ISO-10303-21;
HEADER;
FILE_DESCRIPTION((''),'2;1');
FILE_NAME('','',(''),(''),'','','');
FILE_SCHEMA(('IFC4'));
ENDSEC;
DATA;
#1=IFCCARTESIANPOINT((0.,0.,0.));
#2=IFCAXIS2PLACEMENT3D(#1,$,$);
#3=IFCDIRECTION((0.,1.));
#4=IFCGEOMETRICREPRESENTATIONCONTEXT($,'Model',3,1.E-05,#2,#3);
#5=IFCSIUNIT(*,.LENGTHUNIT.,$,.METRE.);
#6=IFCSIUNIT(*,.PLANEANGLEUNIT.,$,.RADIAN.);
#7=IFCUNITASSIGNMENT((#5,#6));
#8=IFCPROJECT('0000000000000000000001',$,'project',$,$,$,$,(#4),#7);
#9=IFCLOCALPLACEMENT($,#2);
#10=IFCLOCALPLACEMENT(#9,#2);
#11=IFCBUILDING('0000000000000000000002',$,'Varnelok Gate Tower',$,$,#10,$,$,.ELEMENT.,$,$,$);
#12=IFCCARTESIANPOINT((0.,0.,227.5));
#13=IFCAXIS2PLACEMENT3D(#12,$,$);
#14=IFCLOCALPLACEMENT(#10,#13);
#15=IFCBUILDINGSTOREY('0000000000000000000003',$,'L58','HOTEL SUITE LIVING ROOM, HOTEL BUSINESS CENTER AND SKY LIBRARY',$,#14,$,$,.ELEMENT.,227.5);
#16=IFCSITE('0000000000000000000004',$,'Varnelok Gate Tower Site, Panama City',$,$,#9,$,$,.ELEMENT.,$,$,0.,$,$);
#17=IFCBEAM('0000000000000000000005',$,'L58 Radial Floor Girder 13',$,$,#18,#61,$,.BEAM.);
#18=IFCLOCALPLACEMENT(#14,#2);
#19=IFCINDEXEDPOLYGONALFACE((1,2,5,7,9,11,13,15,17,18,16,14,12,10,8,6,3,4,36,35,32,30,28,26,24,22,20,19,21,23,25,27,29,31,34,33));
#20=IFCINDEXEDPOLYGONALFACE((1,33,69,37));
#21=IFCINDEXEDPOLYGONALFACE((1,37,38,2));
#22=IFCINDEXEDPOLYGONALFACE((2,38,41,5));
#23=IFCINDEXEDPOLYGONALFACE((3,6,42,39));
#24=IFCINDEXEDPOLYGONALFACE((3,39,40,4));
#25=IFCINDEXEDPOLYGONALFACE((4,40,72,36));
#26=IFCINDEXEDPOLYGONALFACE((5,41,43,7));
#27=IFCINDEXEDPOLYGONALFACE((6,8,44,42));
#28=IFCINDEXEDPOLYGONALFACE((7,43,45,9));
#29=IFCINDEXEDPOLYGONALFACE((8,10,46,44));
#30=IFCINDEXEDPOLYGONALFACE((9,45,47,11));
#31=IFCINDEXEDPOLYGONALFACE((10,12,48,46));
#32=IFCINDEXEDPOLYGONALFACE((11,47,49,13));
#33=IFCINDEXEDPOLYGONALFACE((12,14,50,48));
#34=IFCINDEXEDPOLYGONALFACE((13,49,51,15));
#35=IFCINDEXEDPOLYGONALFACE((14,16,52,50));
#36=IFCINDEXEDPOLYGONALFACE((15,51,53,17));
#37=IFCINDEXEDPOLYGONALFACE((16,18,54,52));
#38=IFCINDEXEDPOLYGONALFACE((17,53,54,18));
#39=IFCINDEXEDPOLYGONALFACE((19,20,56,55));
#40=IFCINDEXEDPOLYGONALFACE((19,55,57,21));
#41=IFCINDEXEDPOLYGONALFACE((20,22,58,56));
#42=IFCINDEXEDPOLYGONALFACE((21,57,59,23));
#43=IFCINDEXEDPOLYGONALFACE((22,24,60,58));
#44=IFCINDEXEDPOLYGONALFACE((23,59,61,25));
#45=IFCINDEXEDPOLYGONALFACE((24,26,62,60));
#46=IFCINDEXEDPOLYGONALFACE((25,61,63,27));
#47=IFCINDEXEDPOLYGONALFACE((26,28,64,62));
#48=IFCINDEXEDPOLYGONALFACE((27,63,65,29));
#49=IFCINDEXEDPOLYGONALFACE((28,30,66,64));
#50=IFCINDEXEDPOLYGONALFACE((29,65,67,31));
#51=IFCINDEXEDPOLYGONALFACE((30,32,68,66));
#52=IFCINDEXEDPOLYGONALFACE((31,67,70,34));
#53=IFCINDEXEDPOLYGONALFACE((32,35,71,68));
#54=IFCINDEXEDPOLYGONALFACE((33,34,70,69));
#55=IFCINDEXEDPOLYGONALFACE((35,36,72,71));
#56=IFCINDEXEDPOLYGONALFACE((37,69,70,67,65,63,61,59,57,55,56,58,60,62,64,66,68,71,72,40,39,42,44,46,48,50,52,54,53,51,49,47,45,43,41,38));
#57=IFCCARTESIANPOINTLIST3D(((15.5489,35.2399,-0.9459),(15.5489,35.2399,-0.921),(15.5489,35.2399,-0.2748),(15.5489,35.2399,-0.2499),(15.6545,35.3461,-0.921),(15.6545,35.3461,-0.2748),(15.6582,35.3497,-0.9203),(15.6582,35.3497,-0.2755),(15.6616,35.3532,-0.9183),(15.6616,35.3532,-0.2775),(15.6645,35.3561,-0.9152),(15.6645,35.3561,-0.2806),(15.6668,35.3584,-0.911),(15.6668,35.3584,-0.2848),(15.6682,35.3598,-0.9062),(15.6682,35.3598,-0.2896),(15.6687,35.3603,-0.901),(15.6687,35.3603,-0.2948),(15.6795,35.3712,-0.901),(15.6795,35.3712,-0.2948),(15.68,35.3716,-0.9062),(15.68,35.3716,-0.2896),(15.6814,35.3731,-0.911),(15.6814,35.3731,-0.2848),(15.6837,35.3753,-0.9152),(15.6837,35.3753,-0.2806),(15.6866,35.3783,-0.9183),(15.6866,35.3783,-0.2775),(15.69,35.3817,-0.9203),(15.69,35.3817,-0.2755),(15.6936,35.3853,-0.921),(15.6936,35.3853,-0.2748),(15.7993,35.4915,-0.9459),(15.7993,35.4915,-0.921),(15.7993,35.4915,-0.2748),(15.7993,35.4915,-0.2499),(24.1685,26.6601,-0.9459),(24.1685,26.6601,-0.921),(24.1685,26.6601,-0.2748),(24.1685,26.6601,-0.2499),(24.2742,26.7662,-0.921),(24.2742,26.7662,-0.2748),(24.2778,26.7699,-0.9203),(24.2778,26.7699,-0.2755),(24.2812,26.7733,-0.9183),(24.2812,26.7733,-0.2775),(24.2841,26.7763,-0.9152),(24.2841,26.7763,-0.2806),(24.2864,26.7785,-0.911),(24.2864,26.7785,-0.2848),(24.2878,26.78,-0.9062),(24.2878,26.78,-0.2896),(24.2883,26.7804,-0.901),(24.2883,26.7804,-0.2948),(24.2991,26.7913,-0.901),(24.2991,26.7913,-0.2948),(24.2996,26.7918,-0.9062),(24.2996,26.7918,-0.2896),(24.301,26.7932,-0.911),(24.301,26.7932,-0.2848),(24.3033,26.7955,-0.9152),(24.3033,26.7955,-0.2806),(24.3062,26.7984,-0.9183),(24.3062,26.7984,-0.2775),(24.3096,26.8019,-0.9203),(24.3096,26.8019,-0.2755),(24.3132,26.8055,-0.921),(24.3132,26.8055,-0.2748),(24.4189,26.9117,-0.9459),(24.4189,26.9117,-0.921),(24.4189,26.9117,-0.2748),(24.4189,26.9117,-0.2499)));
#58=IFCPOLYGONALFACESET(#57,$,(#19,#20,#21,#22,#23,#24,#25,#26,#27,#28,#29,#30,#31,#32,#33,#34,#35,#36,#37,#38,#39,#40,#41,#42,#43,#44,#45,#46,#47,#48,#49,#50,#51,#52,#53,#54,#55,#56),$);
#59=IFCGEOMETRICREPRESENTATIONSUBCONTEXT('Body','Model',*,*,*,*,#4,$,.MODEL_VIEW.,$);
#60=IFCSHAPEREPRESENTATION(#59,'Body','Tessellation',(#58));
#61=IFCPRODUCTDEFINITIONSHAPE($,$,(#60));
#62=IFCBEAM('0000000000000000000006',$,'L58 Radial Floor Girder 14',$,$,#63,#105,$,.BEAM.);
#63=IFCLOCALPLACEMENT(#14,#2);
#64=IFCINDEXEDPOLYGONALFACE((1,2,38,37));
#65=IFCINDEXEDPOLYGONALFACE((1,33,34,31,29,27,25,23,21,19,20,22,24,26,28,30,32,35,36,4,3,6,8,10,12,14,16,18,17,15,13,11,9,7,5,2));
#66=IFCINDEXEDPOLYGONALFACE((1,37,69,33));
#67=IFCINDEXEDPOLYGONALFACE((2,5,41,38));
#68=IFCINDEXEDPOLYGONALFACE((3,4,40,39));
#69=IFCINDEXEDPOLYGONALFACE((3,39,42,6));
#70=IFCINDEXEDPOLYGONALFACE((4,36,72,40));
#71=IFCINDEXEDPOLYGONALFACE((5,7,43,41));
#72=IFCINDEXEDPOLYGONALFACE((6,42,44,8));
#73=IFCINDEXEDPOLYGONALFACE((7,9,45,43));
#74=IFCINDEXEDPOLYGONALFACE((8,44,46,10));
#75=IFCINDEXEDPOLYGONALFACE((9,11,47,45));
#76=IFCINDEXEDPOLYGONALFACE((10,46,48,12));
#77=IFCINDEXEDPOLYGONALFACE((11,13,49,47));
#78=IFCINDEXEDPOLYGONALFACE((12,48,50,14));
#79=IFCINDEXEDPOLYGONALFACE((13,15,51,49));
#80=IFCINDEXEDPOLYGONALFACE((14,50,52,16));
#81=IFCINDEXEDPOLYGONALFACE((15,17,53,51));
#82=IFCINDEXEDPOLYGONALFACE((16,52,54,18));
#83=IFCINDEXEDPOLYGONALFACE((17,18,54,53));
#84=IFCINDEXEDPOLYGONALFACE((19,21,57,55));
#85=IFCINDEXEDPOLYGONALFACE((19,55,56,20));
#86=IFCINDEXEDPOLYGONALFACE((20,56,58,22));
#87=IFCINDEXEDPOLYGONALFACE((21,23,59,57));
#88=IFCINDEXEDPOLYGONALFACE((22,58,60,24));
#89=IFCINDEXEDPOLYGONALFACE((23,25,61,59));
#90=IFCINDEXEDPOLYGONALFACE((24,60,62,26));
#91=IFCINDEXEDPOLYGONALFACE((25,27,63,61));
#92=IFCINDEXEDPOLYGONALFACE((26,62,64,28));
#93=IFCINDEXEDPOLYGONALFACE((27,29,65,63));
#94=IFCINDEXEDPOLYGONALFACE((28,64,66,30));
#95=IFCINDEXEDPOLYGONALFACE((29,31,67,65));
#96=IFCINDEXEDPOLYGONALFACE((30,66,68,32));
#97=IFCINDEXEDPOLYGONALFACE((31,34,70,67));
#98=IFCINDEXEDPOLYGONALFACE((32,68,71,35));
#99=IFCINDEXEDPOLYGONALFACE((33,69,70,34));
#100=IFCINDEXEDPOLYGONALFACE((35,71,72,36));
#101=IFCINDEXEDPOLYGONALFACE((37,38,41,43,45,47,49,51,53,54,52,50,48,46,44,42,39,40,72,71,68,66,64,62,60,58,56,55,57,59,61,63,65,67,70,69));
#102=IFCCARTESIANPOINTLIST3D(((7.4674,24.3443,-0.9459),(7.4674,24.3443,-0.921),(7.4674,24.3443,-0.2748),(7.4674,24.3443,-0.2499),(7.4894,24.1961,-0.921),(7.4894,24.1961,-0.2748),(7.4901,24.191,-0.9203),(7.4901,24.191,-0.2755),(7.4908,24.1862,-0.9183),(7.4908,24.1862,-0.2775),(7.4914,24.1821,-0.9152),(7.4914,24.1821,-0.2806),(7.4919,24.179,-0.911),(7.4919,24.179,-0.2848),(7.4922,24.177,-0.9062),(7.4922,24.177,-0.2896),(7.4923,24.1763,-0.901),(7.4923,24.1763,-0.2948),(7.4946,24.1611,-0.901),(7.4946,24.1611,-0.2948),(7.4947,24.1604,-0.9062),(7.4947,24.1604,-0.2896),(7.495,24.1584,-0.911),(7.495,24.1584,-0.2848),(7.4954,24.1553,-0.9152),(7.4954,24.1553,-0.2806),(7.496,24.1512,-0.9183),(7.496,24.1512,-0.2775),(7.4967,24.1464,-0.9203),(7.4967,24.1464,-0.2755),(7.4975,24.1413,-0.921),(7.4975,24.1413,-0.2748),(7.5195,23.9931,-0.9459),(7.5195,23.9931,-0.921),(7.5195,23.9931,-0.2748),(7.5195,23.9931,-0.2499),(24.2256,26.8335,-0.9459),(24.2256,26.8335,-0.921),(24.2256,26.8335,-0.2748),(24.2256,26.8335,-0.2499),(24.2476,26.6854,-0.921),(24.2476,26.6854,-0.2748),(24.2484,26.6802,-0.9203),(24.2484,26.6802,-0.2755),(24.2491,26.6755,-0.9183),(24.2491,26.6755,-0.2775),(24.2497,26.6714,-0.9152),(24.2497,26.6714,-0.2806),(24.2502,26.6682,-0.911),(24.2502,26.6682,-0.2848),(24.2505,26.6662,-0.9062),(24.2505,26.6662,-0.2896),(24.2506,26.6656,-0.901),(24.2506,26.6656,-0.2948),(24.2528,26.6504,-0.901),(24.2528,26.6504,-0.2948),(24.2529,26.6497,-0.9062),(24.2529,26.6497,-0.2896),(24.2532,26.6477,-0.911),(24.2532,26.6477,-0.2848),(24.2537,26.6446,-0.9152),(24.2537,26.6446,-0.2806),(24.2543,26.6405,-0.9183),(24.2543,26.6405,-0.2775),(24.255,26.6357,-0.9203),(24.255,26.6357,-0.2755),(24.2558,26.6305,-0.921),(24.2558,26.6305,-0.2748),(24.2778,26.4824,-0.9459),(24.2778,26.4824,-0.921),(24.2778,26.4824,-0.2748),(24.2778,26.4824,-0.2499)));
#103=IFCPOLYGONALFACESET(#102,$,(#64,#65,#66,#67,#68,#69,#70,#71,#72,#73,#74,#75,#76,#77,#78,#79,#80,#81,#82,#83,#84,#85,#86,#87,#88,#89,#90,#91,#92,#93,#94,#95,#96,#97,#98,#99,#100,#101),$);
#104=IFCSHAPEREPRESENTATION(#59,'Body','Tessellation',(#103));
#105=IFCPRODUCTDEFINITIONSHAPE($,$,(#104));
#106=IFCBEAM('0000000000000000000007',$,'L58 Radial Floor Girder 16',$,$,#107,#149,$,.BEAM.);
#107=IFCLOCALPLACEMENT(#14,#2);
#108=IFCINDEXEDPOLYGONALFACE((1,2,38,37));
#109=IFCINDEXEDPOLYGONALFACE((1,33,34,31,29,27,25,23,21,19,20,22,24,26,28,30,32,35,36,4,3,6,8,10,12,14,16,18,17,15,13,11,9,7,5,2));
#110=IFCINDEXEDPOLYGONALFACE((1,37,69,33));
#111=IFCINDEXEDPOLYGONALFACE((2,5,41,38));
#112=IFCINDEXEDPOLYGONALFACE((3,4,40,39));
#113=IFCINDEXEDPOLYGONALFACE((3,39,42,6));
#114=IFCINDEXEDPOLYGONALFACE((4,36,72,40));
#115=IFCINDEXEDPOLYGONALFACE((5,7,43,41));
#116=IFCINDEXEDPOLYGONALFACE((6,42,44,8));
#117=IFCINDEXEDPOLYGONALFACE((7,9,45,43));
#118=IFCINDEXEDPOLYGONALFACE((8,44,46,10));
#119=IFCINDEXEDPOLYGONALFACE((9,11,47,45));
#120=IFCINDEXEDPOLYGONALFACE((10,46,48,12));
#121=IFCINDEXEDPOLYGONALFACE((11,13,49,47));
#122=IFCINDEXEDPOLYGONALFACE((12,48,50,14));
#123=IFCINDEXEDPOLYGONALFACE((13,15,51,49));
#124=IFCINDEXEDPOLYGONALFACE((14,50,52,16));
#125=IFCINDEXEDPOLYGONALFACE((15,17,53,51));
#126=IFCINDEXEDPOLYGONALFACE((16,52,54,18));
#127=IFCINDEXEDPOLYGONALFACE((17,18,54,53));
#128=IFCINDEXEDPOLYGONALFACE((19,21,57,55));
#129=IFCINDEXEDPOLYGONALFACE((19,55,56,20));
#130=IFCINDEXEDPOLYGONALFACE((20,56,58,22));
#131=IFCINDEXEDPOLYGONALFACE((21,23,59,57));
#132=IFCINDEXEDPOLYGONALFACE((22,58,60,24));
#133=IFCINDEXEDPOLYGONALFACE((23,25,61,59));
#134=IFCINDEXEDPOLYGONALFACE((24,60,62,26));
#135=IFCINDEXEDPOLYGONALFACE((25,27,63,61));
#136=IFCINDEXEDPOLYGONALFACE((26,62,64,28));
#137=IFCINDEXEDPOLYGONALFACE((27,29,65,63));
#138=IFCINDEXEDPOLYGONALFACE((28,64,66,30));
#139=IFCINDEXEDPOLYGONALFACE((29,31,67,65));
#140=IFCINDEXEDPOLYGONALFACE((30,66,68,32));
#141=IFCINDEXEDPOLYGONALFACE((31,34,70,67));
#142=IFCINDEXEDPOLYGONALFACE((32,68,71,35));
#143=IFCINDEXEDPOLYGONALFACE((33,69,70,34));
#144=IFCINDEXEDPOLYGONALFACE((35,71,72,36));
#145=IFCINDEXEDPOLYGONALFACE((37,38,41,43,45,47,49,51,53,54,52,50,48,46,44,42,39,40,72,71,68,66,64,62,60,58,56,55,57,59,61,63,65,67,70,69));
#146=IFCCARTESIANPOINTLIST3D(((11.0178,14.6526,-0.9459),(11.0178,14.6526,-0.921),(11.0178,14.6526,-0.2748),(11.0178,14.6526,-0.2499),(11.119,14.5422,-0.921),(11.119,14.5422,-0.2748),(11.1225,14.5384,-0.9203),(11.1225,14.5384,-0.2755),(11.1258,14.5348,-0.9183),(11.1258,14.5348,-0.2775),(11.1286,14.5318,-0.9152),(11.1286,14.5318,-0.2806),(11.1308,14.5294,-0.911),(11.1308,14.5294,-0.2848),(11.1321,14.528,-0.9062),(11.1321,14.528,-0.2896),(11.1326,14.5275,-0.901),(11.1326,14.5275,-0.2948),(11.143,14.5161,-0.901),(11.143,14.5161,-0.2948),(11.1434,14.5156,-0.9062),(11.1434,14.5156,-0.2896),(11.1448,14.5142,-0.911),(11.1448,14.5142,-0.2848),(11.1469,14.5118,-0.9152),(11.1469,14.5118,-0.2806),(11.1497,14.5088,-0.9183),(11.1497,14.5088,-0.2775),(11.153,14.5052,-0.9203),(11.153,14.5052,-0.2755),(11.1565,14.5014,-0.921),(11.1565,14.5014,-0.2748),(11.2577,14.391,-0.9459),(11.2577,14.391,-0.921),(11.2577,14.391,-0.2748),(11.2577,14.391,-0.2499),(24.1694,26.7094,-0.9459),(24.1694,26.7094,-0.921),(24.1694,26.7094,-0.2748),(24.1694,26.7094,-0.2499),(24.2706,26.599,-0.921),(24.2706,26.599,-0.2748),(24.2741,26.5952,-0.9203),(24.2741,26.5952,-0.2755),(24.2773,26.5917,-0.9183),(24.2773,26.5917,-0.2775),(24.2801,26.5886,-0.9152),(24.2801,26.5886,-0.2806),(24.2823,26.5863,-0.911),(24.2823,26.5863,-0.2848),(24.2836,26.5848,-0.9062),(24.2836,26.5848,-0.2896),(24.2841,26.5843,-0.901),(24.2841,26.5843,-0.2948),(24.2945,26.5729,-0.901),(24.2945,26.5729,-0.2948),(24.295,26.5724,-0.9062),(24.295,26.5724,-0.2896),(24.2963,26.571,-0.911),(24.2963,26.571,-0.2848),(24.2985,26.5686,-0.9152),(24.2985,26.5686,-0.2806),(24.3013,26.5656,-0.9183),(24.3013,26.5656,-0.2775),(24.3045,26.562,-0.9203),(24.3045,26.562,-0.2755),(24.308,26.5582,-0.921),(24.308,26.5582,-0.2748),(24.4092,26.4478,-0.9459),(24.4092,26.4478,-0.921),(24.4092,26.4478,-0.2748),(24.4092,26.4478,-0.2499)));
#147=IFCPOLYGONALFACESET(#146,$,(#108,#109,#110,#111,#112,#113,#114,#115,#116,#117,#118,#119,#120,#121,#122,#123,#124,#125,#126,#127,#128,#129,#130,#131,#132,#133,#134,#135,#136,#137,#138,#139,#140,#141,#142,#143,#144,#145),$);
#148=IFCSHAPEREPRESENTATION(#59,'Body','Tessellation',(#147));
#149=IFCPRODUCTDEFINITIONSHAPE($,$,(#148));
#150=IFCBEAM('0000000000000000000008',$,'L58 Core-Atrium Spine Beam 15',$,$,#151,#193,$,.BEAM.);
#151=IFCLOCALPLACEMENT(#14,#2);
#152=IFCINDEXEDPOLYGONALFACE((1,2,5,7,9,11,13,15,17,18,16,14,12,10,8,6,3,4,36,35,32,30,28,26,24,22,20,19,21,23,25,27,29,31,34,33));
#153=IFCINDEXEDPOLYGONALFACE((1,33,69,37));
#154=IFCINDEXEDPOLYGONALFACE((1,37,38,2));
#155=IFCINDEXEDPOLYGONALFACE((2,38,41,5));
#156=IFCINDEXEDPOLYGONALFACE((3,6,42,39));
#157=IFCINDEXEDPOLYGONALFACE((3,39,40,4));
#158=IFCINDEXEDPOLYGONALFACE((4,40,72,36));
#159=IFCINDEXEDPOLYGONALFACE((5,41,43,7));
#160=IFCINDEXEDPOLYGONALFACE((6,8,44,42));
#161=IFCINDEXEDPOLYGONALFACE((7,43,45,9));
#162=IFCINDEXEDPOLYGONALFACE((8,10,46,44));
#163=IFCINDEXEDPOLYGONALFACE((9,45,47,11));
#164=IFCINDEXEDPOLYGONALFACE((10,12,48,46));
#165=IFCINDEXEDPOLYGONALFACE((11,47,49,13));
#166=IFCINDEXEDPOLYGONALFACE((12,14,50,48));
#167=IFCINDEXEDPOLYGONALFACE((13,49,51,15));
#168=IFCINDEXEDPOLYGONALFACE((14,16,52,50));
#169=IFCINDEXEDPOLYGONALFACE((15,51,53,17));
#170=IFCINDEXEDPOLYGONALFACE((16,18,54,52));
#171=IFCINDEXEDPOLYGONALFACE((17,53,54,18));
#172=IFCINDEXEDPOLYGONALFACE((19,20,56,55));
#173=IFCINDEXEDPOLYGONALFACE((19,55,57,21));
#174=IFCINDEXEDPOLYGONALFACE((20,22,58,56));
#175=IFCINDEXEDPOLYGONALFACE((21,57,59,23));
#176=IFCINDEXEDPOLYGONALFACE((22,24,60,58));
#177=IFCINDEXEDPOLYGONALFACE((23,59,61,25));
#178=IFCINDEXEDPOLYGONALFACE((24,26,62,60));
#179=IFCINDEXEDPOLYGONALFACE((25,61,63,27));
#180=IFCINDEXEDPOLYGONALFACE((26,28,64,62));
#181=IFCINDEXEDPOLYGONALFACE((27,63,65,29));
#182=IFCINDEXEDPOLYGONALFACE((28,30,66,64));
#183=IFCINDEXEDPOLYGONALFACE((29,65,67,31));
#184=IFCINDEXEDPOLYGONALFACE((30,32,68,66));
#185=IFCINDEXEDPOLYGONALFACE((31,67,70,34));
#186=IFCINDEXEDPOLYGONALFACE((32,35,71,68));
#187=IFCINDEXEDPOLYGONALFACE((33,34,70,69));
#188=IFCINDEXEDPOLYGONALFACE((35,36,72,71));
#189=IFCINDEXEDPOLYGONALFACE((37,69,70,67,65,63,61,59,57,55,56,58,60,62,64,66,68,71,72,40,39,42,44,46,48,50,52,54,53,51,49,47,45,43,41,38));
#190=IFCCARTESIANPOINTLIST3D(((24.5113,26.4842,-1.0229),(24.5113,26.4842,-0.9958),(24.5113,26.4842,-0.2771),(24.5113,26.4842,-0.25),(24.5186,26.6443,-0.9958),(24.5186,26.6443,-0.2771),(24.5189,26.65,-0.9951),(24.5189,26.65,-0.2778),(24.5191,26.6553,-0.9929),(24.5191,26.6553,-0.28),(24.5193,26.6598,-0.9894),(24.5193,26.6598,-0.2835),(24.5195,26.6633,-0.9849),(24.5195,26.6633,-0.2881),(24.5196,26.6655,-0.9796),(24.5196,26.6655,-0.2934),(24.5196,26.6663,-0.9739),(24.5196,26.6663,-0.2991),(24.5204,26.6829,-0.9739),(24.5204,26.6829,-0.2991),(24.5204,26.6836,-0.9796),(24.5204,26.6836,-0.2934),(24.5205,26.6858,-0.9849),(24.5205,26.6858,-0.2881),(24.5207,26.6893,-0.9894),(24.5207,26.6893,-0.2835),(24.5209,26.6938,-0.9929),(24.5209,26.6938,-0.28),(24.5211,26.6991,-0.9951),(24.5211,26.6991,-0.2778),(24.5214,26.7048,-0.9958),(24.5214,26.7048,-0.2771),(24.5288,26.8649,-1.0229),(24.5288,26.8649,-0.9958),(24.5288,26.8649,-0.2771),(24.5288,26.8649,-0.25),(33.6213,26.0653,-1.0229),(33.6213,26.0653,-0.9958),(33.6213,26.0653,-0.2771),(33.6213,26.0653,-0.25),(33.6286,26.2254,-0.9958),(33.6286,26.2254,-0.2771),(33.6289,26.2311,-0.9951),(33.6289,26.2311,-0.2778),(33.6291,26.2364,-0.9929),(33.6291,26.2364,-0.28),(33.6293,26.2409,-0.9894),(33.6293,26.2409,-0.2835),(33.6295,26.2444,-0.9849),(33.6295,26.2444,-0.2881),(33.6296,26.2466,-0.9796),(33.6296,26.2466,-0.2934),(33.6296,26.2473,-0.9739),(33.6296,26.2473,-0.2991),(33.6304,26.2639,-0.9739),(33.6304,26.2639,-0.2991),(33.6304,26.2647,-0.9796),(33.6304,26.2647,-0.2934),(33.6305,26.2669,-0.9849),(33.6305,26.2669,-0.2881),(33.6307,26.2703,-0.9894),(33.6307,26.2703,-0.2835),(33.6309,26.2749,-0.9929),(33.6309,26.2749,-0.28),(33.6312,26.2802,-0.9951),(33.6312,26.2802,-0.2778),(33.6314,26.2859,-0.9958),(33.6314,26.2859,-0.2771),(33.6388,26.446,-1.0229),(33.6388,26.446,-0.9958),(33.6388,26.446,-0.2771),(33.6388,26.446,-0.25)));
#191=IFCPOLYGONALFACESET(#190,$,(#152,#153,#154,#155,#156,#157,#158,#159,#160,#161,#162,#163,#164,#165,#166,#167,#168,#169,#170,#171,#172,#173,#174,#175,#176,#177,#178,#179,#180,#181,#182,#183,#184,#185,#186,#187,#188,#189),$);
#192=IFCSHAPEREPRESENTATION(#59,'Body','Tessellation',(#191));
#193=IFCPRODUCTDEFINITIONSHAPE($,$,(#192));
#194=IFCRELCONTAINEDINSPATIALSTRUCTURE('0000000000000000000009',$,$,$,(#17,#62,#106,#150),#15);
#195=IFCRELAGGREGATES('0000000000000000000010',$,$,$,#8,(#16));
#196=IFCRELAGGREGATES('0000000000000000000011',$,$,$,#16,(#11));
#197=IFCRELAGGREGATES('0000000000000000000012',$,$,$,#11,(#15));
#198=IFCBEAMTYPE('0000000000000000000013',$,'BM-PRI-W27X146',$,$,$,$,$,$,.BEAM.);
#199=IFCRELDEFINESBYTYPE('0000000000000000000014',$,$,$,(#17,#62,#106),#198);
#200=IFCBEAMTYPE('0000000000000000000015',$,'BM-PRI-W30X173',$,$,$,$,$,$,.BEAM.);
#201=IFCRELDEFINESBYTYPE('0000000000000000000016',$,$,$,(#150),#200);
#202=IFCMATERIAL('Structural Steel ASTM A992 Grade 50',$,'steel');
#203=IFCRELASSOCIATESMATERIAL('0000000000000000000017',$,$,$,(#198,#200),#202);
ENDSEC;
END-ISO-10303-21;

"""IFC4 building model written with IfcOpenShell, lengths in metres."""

from ifc_helpers import new_model, si_unit, direction, frame, origin, origin_2d, place, context, subcontext, project, spatial, i_section, extrude, material, material_profile, profile_set, type_object, element, save


model = new_model("IFC4")

# Units and contexts
model_context = context("Model", 3, precision=1e-05, world=origin(), true_north=direction((0.0, 1.0)))
body_context = subcontext(model_context, "Body", "Model", "MODEL_VIEW")
ifc_project = project(units=[si_unit("LENGTHUNIT", "METRE"), si_unit("PLANEANGLEUNIT", "RADIAN")], contexts=[model_context])

# Site, building, storey
site_placement = place(None, origin())
site = spatial("IfcSite", under=ifc_project, at=site_placement, Name="Varnelok Gate Tower Site, Panama City", CompositionType="ELEMENT", RefElevation=0.0)
building_placement = place(site_placement, origin())
building = spatial("IfcBuilding", under=site, at=building_placement, Name="Varnelok Gate Tower", CompositionType="ELEMENT")
storey_placement = place(building_placement, frame((0.0, 0.0, 227.5)))
storey = spatial("IfcBuildingStorey", under=building, at=storey_placement, Name="L58", Description="HOTEL SUITE LIVING ROOM, HOTEL BUSINESS CENTER AND SKY LIBRARY", CompositionType="ELEMENT", Elevation=227.5)

# Shared definitions
ifc_material_1 = material(Name="Structural Steel ASTM A992 Grade 50", Category="steel")

# Beams
ifc_material_profile_1 = material_profile(ifc_material_1, i_section(OverallWidth=0.355, OverallDepth=0.696, WebThickness=0.0154, FlangeThickness=0.0249, FilletRadius=0.02, at=origin_2d()), Name="W27X146")
ifc_profile_set_1 = profile_set([ifc_material_profile_1], Name="Structural Steel ASTM A992 Grade 50")
beam_type_1 = type_object("IfcBeamType", Name="BM-PRI-W27X146", PredefinedType="BEAM", material=ifc_profile_set_1)
beam_1_placement = place(storey_placement, frame((24.2937, 26.7859, -0.5979), z_axis=(-0.708741, 0.705469, 0.0), x_axis=(-0.705469, -0.708741, 0.0)))
element("IfcBeam", 1, at=beam_1_placement, inside=storey, type_object=beam_type_1, Name="L58 Radial Floor Girder 13", PredefinedType="BEAM", context=body_context, shape_type="SweptSolid", body=[
    extrude(i_section(OverallWidth=0.355, OverallDepth=0.696, WebThickness=0.0154, FlangeThickness=0.0249, FilletRadius=0.02, at=origin_2d()), origin(), (0.0, 0.0, 1.0), 12.1619),
])
beam_2_placement = place(storey_placement, frame((24.2517, 26.658, -0.5979), z_axis=(-0.989147, -0.146927, 0.0), x_axis=(0.146927, -0.989147, 0.0)))
element("IfcBeam", 2, at=beam_2_placement, inside=storey, type_object=beam_type_1, Name="L58 Radial Floor Girder 14", PredefinedType="BEAM", context=body_context, shape_type="SweptSolid", body=[
    extrude(i_section(OverallWidth=0.355, OverallDepth=0.696, WebThickness=0.0154, FlangeThickness=0.0249, FilletRadius=0.02, at=origin_2d()), origin(), (0.0, 0.0, 1.0), 16.9421),
])
beam_3_placement = place(storey_placement, frame((24.2893, 26.5786, -0.5979), z_axis=(-0.737119, -0.675762, 0.0), x_axis=(0.675762, -0.737119, 0.0)))
element("IfcBeam", 3, at=beam_3_placement, inside=storey, type_object=beam_type_1, Name="L58 Radial Floor Girder 16", PredefinedType="BEAM", context=body_context, shape_type="SweptSolid", body=[
    extrude(i_section(OverallWidth=0.355, OverallDepth=0.696, WebThickness=0.0154, FlangeThickness=0.0249, FilletRadius=0.02, at=origin_2d()), origin(), (0.0, 0.0, 1.0), 17.8418),
])
ifc_material_profile_2 = material_profile(ifc_material_1, i_section(OverallWidth=0.3811, OverallDepth=0.7729, WebThickness=0.0166, FlangeThickness=0.0271, FilletRadius=0.022, at=origin_2d()), Name="W30X173")
ifc_profile_set_2 = profile_set([ifc_material_profile_2], Name="Structural Steel ASTM A992 Grade 50")
beam_type_2 = type_object("IfcBeamType", Name="BM-PRI-W30X173", PredefinedType="BEAM", material=ifc_profile_set_2)
beam_4_placement = place(storey_placement, frame((24.52, 26.6746, -0.6365), z_axis=(0.998944, -0.045938, 0.0), x_axis=(0.045938, 0.998944, 0.0)))
element("IfcBeam", 4, at=beam_4_placement, inside=storey, type_object=beam_type_2, Name="L58 Core-Atrium Spine Beam 15", PredefinedType="BEAM", context=body_context, shape_type="SweptSolid", body=[
    extrude(i_section(OverallWidth=0.3811, OverallDepth=0.7729, WebThickness=0.0166, FlangeThickness=0.0271, FilletRadius=0.022, at=origin_2d()), origin(), (0.0, 0.0, 1.0), 9.1196),
])

save(model, "model.ifc")
